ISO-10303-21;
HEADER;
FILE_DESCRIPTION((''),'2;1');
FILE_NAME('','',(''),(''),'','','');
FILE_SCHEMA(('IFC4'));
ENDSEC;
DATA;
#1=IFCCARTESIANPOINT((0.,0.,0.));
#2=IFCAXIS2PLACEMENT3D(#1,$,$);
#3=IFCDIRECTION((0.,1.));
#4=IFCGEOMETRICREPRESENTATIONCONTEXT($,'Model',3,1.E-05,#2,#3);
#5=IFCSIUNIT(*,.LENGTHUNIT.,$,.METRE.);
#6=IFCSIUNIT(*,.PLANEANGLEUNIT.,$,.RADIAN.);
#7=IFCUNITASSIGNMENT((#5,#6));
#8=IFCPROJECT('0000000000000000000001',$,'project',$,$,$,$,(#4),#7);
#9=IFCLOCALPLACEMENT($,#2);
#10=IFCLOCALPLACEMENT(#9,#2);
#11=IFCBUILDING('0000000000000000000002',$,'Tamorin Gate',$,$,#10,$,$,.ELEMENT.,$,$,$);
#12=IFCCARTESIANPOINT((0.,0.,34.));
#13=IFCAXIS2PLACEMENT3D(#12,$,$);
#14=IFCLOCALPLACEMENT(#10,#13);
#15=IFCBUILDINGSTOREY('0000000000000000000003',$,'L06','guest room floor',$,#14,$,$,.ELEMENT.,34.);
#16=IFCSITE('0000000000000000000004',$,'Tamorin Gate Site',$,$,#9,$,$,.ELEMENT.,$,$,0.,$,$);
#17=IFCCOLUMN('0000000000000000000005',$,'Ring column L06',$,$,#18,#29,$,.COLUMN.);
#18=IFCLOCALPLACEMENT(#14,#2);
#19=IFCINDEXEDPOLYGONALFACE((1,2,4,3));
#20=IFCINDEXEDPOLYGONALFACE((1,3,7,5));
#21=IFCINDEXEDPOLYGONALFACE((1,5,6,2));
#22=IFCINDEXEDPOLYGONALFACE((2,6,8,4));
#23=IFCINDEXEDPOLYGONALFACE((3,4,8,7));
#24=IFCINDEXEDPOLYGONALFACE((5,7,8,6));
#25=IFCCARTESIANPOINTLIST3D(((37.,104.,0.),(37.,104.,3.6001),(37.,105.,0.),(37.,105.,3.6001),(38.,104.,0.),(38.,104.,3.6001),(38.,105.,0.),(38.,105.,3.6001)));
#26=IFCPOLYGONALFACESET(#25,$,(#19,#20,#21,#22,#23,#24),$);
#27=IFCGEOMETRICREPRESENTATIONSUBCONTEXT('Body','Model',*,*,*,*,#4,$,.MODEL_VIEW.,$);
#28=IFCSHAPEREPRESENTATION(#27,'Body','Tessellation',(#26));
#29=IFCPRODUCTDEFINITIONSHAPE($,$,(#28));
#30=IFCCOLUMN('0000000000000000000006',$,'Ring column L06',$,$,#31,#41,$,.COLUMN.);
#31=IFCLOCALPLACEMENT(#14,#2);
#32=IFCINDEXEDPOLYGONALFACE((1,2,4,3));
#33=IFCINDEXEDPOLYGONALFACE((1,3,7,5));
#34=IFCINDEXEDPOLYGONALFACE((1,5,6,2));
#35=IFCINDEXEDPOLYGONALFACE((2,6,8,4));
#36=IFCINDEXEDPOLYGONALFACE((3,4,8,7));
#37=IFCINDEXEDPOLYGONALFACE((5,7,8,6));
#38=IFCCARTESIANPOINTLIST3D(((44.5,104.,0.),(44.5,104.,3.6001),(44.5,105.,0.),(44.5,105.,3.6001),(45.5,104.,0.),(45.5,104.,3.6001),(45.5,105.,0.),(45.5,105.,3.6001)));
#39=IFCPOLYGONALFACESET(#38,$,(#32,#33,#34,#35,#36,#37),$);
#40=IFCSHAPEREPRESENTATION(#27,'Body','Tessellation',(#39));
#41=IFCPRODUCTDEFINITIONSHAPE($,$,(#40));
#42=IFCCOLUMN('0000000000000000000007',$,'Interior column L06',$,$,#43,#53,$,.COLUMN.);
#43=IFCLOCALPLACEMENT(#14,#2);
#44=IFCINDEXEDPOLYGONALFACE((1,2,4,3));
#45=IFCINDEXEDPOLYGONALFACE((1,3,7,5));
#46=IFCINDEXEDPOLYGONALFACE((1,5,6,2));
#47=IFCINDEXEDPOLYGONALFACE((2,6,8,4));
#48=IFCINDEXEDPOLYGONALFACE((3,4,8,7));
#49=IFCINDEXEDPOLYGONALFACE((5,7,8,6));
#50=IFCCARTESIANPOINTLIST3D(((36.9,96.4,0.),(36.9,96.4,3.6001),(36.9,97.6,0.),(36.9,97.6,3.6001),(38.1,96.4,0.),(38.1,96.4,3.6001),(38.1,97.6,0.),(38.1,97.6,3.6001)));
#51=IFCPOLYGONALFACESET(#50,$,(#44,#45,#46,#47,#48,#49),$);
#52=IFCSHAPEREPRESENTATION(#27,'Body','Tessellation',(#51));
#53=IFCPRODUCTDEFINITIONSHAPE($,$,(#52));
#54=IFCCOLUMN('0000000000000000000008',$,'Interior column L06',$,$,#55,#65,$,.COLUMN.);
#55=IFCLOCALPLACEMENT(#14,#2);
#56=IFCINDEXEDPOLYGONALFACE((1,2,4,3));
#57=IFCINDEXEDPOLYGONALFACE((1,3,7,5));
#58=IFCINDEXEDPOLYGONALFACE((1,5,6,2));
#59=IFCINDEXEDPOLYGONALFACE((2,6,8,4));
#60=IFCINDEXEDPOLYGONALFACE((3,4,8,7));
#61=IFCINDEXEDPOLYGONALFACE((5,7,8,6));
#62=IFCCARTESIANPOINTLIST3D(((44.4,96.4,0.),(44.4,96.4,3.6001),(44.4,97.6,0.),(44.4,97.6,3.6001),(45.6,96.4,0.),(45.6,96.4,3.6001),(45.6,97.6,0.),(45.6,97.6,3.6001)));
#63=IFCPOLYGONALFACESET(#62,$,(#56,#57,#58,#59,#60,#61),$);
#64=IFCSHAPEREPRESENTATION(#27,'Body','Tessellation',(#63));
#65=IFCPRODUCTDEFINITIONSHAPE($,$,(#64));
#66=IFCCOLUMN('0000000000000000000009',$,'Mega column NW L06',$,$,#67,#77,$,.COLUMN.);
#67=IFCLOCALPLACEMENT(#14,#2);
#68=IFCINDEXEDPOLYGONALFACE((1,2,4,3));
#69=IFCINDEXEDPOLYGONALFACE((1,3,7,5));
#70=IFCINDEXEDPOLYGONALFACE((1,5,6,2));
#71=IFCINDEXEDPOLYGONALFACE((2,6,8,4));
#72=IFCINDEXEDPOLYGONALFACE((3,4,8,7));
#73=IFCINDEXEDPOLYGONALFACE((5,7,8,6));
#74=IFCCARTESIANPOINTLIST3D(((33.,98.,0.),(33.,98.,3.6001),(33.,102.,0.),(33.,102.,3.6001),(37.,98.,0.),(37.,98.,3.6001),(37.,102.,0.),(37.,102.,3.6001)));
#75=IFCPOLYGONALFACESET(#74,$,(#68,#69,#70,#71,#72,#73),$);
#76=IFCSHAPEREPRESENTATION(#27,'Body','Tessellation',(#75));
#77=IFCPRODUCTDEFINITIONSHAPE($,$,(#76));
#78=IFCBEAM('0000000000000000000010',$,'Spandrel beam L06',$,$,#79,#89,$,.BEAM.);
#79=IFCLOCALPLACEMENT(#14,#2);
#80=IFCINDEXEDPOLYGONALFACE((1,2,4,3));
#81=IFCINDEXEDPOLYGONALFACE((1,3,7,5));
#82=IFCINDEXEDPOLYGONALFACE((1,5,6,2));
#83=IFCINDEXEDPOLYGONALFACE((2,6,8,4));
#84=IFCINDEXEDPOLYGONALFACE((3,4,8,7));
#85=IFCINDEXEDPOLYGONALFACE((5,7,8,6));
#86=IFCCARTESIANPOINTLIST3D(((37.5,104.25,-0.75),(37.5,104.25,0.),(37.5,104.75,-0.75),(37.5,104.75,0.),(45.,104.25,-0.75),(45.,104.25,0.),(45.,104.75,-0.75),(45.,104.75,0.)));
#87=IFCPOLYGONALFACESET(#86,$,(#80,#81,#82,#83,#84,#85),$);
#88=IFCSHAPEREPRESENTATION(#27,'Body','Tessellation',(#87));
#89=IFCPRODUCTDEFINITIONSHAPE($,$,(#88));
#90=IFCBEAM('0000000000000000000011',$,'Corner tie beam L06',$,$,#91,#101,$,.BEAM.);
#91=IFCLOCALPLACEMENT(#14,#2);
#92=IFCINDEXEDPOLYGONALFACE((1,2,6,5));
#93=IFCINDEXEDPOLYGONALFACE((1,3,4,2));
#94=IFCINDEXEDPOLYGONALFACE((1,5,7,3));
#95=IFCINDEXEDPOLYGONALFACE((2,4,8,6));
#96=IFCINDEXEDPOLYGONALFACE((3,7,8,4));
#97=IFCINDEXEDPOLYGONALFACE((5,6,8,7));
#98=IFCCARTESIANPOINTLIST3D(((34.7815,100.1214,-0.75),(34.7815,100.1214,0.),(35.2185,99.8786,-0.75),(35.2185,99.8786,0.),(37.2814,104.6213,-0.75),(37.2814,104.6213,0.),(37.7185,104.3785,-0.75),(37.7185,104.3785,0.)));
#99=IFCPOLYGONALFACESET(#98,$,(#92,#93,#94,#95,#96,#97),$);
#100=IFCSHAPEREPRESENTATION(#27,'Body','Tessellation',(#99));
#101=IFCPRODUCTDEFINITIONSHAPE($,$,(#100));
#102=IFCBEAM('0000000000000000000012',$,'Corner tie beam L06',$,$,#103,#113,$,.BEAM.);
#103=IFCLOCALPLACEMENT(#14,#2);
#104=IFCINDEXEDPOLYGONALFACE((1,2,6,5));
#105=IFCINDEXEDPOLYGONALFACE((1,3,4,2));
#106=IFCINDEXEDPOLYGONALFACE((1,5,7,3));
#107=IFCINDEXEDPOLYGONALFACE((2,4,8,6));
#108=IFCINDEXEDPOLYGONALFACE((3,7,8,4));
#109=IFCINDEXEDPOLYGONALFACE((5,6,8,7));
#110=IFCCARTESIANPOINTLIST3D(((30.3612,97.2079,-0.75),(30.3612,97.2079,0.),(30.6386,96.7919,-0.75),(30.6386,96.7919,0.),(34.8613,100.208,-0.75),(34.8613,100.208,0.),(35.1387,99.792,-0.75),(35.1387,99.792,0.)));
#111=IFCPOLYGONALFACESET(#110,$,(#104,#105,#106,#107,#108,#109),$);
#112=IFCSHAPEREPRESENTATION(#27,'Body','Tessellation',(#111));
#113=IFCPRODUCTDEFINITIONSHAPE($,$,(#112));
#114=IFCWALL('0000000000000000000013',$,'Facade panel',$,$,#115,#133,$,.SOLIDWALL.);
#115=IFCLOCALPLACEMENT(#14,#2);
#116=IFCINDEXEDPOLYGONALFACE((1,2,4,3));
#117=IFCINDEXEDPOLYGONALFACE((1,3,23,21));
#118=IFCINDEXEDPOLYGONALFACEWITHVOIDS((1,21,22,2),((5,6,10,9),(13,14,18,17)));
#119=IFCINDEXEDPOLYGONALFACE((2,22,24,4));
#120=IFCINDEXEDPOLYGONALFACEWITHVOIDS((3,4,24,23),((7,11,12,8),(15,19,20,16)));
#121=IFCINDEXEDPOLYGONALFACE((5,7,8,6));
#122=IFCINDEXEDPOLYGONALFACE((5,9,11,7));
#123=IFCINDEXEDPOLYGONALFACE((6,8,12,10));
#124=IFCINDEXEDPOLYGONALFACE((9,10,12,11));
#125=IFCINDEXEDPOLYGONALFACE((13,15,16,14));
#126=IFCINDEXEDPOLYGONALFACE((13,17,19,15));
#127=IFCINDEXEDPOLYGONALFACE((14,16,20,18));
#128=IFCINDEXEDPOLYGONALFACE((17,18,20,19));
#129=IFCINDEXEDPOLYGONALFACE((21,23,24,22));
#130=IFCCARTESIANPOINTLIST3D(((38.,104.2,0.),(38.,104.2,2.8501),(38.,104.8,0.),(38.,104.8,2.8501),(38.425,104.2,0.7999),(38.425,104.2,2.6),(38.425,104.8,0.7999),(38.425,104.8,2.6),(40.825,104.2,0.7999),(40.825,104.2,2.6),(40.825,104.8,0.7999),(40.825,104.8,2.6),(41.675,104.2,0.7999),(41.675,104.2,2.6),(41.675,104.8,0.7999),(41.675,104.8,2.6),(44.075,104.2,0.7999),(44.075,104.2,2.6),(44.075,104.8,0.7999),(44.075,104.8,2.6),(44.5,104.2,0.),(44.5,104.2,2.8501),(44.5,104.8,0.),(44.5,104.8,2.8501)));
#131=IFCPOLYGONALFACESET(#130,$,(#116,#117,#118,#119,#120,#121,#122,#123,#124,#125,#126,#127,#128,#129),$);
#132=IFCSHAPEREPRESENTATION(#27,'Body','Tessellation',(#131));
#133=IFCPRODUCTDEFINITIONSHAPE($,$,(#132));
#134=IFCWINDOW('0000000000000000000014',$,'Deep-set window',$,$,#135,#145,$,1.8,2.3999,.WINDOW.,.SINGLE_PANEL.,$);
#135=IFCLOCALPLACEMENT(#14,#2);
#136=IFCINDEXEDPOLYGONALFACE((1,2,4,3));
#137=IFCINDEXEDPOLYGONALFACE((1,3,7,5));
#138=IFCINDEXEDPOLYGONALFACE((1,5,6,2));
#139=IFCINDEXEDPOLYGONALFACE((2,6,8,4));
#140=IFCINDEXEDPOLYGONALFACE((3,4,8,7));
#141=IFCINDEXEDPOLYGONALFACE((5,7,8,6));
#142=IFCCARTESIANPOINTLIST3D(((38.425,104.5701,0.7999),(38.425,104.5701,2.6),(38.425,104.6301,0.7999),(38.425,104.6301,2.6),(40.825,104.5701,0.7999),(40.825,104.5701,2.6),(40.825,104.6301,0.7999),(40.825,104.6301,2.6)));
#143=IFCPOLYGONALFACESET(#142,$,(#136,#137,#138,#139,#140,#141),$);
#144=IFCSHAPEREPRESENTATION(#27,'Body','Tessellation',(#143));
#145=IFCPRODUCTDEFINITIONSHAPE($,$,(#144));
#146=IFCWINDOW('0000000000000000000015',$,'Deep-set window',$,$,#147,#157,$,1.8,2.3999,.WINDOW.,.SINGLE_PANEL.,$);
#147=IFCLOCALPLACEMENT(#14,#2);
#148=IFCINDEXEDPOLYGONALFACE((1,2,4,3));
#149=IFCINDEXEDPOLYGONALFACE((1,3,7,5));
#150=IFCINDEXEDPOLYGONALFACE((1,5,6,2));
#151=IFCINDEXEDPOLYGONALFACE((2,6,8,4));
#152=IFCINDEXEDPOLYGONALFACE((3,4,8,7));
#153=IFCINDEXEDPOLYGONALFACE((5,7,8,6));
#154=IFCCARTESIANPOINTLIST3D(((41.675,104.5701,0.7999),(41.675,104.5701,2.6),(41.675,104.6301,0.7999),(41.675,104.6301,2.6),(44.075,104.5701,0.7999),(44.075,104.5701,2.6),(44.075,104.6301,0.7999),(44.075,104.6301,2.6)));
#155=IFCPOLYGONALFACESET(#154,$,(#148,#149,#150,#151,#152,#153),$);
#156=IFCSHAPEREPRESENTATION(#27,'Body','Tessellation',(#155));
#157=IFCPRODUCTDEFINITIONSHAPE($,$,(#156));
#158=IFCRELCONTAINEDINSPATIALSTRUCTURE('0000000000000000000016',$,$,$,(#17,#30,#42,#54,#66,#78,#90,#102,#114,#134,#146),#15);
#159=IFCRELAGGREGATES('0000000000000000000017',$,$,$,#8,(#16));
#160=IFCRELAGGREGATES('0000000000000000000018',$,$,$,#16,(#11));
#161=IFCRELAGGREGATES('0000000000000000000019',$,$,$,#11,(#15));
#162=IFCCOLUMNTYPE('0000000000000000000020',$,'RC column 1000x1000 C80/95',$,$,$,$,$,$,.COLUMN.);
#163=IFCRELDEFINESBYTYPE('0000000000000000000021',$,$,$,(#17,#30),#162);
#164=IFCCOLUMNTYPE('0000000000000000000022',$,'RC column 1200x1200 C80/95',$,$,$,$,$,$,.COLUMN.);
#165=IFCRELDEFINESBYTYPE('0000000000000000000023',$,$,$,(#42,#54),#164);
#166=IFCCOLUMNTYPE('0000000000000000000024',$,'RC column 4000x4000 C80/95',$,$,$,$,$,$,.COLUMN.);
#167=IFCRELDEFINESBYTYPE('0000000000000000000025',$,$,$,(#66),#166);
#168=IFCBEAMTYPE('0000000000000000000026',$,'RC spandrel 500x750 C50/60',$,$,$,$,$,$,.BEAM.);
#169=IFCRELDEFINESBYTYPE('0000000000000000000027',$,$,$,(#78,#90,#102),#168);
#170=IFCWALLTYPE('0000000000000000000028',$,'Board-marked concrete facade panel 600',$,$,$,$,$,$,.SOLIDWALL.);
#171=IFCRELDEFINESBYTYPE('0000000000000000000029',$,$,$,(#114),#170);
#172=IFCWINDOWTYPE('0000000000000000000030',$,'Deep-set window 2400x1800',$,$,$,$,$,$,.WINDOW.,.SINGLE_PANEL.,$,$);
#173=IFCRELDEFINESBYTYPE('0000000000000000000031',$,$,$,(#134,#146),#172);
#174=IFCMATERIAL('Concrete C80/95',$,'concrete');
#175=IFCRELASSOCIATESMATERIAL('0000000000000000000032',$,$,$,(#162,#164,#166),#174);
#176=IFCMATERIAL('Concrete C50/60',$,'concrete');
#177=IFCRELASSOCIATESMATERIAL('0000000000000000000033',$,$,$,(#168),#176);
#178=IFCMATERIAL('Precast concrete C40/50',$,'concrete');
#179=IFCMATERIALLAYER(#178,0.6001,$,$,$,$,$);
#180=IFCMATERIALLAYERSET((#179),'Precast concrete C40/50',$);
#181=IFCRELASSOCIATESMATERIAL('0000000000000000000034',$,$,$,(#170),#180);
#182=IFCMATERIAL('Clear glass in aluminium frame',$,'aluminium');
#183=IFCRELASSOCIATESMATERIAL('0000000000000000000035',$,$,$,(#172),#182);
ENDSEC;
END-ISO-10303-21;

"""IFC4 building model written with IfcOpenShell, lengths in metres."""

from ifc_helpers import new_model, si_unit, direction, frame, frame_2d, origin, origin_2d, place, context, subcontext, project, spatial, rectangle, extrude, material, layer, layer_set, material_profile, profile_set, type_object, element, fill, save


model = new_model("IFC4")

# Units and contexts
model_context = context("Model", 3, precision=1e-05, world=origin(), true_north=direction((0.0, 1.0)))
body_context = subcontext(model_context, "Body", "Model", "MODEL_VIEW")
ifc_project = project(units=[si_unit("LENGTHUNIT", "METRE"), si_unit("PLANEANGLEUNIT", "RADIAN")], contexts=[model_context])

# Site, building, storey
site_placement = place(None, origin())
site = spatial("IfcSite", under=ifc_project, at=site_placement, Name="Tamorin Gate Site", CompositionType="ELEMENT", RefElevation=0.0)
building_placement = place(site_placement, origin())
building = spatial("IfcBuilding", under=site, at=building_placement, Name="Tamorin Gate", CompositionType="ELEMENT")
storey_placement = place(building_placement, frame((0.0, 0.0, 34.0)))
storey = spatial("IfcBuildingStorey", under=building, at=storey_placement, Name="L06", Description="guest room floor", CompositionType="ELEMENT", Elevation=34.0)

# Columns
ifc_material_1 = material(Name="Concrete C80/95", Category="concrete")
ifc_material_profile_1 = material_profile(ifc_material_1, rectangle(XDim=1.0, YDim=1.0, at=origin_2d()), Name="RC 1000x1000")
ifc_profile_set_1 = profile_set([ifc_material_profile_1], Name="Concrete C80/95")
column_type_1 = type_object("IfcColumnType", Name="RC column 1000x1000 C80/95", PredefinedType="COLUMN", material=ifc_profile_set_1)
for number, where, z_axis, x_axis, name in (
    (1, (37.5, 104.5, 0.0), (0.0, 0.0, 1.0), (1.0, 0.0, 0.0), "Ring column L06"),
    (2, (45.0, 104.5, 0.0), (0.0, 0.0, 1.0), (1.0, 0.0, 0.0), "Ring column L06"),
):
    element("IfcColumn", number, at=place(storey_placement, frame(where, z_axis=z_axis, x_axis=x_axis)), inside=storey, type_object=column_type_1, Name=name, PredefinedType="COLUMN", context=body_context, shape_type="SweptSolid", body=[
        extrude(rectangle(XDim=1.0, YDim=1.0, at=origin_2d()), origin(), (0.0, 0.0, 1.0), 3.6001),
    ])
ifc_material_profile_2 = material_profile(ifc_material_1, rectangle(XDim=1.2, YDim=1.2, at=origin_2d()), Name="RC 1200x1200")
ifc_profile_set_2 = profile_set([ifc_material_profile_2], Name="Concrete C80/95")
column_type_2 = type_object("IfcColumnType", Name="RC column 1200x1200 C80/95", PredefinedType="COLUMN", material=ifc_profile_set_2)
for number, where, z_axis, x_axis, name in (
    (3, (37.5, 97.0, 0.0), (0.0, 0.0, 1.0), (1.0, 0.0, 0.0), "Interior column L06"),
    (4, (45.0, 97.0, 0.0), (0.0, 0.0, 1.0), (1.0, 0.0, 0.0), "Interior column L06"),
):
    element("IfcColumn", number, at=place(storey_placement, frame(where, z_axis=z_axis, x_axis=x_axis)), inside=storey, type_object=column_type_2, Name=name, PredefinedType="COLUMN", context=body_context, shape_type="SweptSolid", body=[
        extrude(rectangle(XDim=1.2, YDim=1.2, at=origin_2d()), origin(), (0.0, 0.0, 1.0), 3.6001),
    ])
ifc_material_profile_3 = material_profile(ifc_material_1, rectangle(XDim=4.0, YDim=4.0, at=origin_2d()), Name="RC 4000x4000")
ifc_profile_set_3 = profile_set([ifc_material_profile_3], Name="Concrete C80/95")
column_type_3 = type_object("IfcColumnType", Name="RC column 4000x4000 C80/95", PredefinedType="COLUMN", material=ifc_profile_set_3)
column_placement = place(storey_placement, frame((35.0, 100.0, 0.0), z_axis=(0.0, 0.0, 1.0), x_axis=(1.0, 0.0, 0.0)))
element("IfcColumn", 5, at=column_placement, inside=storey, type_object=column_type_3, Name="Mega column NW L06", PredefinedType="COLUMN", context=body_context, shape_type="SweptSolid", body=[
    extrude(rectangle(XDim=4.0, YDim=4.0, at=origin_2d()), origin(), (0.0, 0.0, 1.0), 3.6001),
])

# Beams
ifc_material_2 = material(Name="Concrete C50/60", Category="concrete")
ifc_material_profile_4 = material_profile(ifc_material_2, rectangle(XDim=0.5, YDim=0.75, at=origin_2d()), Name="RC 500x750")
ifc_profile_set_4 = profile_set([ifc_material_profile_4], Name="Concrete C50/60")
beam_type = type_object("IfcBeamType", Name="RC spandrel 500x750 C50/60", PredefinedType="BEAM", material=ifc_profile_set_4)
beam_1_placement = place(storey_placement, frame((45.0, 104.5, -0.375), z_axis=(-1.0, 0.0, 0.0), x_axis=(0.0, -1.0, 0.0)))
element("IfcBeam", 6, at=beam_1_placement, inside=storey, type_object=beam_type, Name="Spandrel beam L06", PredefinedType="BEAM", context=body_context, shape_type="SweptSolid", body=[
    extrude(rectangle(XDim=0.5, YDim=0.75, at=origin_2d()), origin(), (0.0, 0.0, 1.0), 7.5),
])
beam_2_placement = place(storey_placement, frame((35.0, 100.0, -0.375), z_axis=(0.485643, 0.874157, 0.0), x_axis=(-0.874157, 0.485643, 0.0)))
element("IfcBeam", 7, at=beam_2_placement, inside=storey, type_object=beam_type, Name="Corner tie beam L06", PredefinedType="BEAM", context=body_context, shape_type="SweptSolid", body=[
    extrude(rectangle(XDim=0.5, YDim=0.75, at=origin_2d()), origin(), (0.0, 0.0, 1.0), 5.1477),
])
beam_3_placement = place(storey_placement, frame((35.0, 100.0, -0.375), z_axis=(-0.83205, -0.5547, 0.0), x_axis=(0.5547, -0.83205, 0.0)))
element("IfcBeam", 8, at=beam_3_placement, inside=storey, type_object=beam_type, Name="Corner tie beam L06", PredefinedType="BEAM", context=body_context, shape_type="SweptSolid", body=[
    extrude(rectangle(XDim=0.5, YDim=0.75, at=origin_2d()), origin(), (0.0, 0.0, 1.0), 5.4084),
])

# Wall, openings, windows
ifc_material_3 = material(Name="Precast concrete C40/50", Category="concrete")
ifc_layer_1 = layer(ifc_material_3, 0.6001)
ifc_layer_set_1 = layer_set([ifc_layer_1], Name="Precast concrete C40/50")
wall_type_1 = type_object("IfcWallType", Name="Board-marked concrete facade panel 600", PredefinedType="SOLIDWALL", material=ifc_layer_set_1)
wall_1_placement = place(storey_placement, frame((44.5, 104.5, 0.0), z_axis=(0.0, 0.0, 1.0), x_axis=(-1.0, 0.0, 0.0)))
wall_1 = element("IfcWall", 9, at=wall_1_placement, inside=storey, type_object=wall_type_1, Name="Facade panel", PredefinedType="SOLIDWALL", context=body_context, shape_type="SweptSolid", body=[
    extrude(rectangle(XDim=6.5, YDim=0.6001, at=frame_2d((3.25, 0.0))), origin(), (0.0, 0.0, 1.0), 2.8501),
])
opening_1_placement = place(wall_1_placement, frame((3.675, 0.0, 0.8)))
opening_1 = element("IfcOpeningElement", 10, at=opening_1_placement, cuts=wall_1, PredefinedType="OPENING", context=body_context, shape_type="SweptSolid", body=[
    extrude(rectangle(XDim=2.3999, YDim=1.8, at=frame_2d((1.2, 0.8999))), frame((0.0, 0.3101, 0.0), z_axis=(0.0, -1.0, 0.0), x_axis=(1.0, 0.0, 0.0)), (0.0, 0.0, 1.0), 0.6201),
])
opening_2_placement = place(wall_1_placement, frame((0.425, 0.0, 0.8)))
opening_2 = element("IfcOpeningElement", 11, at=opening_2_placement, cuts=wall_1, PredefinedType="OPENING", context=body_context, shape_type="SweptSolid", body=[
    extrude(rectangle(XDim=2.3999, YDim=1.8, at=frame_2d((1.2, 0.8999))), frame((0.0, 0.3101, 0.0), z_axis=(0.0, -1.0, 0.0), x_axis=(1.0, 0.0, 0.0)), (0.0, 0.0, 1.0), 0.6201),
])
ifc_material_4 = material(Name="Clear glass in aluminium frame", Category="aluminium")
window_type = type_object("IfcWindowType", Name="Deep-set window 2400x1800", PartitioningType="SINGLE_PANEL", PredefinedType="WINDOW", material=ifc_material_4)
window_1_placement = place(opening_1_placement, origin())
window_1 = element("IfcWindow", 12, at=window_1_placement, inside=storey, type_object=window_type, Name="Deep-set window", OverallHeight=1.8, OverallWidth=2.3999, PartitioningType="SINGLE_PANEL", PredefinedType="WINDOW", context=body_context, shape_type="SweptSolid", body=[
    extrude(rectangle(XDim=2.3999, YDim=1.8, at=frame_2d((1.2, 0.8999))), frame((0.0, -0.0701, 0.0), z_axis=(0.0, -1.0, 0.0), x_axis=(1.0, 0.0, 0.0)), (0.0, 0.0, 1.0), 0.0601),
])
fill(opening_1, window_1)
window_2_placement = place(opening_2_placement, origin())
window_2 = element("IfcWindow", 13, at=window_2_placement, inside=storey, type_object=window_type, Name="Deep-set window", OverallHeight=1.8, OverallWidth=2.3999, PartitioningType="SINGLE_PANEL", PredefinedType="WINDOW", context=body_context, shape_type="SweptSolid", body=[
    extrude(rectangle(XDim=2.3999, YDim=1.8, at=frame_2d((1.2, 0.8999))), frame((0.0, -0.0701, 0.0), z_axis=(0.0, -1.0, 0.0), x_axis=(1.0, 0.0, 0.0)), (0.0, 0.0, 1.0), 0.0601),
])
fill(opening_2, window_2)

save(model, "model.ifc")
